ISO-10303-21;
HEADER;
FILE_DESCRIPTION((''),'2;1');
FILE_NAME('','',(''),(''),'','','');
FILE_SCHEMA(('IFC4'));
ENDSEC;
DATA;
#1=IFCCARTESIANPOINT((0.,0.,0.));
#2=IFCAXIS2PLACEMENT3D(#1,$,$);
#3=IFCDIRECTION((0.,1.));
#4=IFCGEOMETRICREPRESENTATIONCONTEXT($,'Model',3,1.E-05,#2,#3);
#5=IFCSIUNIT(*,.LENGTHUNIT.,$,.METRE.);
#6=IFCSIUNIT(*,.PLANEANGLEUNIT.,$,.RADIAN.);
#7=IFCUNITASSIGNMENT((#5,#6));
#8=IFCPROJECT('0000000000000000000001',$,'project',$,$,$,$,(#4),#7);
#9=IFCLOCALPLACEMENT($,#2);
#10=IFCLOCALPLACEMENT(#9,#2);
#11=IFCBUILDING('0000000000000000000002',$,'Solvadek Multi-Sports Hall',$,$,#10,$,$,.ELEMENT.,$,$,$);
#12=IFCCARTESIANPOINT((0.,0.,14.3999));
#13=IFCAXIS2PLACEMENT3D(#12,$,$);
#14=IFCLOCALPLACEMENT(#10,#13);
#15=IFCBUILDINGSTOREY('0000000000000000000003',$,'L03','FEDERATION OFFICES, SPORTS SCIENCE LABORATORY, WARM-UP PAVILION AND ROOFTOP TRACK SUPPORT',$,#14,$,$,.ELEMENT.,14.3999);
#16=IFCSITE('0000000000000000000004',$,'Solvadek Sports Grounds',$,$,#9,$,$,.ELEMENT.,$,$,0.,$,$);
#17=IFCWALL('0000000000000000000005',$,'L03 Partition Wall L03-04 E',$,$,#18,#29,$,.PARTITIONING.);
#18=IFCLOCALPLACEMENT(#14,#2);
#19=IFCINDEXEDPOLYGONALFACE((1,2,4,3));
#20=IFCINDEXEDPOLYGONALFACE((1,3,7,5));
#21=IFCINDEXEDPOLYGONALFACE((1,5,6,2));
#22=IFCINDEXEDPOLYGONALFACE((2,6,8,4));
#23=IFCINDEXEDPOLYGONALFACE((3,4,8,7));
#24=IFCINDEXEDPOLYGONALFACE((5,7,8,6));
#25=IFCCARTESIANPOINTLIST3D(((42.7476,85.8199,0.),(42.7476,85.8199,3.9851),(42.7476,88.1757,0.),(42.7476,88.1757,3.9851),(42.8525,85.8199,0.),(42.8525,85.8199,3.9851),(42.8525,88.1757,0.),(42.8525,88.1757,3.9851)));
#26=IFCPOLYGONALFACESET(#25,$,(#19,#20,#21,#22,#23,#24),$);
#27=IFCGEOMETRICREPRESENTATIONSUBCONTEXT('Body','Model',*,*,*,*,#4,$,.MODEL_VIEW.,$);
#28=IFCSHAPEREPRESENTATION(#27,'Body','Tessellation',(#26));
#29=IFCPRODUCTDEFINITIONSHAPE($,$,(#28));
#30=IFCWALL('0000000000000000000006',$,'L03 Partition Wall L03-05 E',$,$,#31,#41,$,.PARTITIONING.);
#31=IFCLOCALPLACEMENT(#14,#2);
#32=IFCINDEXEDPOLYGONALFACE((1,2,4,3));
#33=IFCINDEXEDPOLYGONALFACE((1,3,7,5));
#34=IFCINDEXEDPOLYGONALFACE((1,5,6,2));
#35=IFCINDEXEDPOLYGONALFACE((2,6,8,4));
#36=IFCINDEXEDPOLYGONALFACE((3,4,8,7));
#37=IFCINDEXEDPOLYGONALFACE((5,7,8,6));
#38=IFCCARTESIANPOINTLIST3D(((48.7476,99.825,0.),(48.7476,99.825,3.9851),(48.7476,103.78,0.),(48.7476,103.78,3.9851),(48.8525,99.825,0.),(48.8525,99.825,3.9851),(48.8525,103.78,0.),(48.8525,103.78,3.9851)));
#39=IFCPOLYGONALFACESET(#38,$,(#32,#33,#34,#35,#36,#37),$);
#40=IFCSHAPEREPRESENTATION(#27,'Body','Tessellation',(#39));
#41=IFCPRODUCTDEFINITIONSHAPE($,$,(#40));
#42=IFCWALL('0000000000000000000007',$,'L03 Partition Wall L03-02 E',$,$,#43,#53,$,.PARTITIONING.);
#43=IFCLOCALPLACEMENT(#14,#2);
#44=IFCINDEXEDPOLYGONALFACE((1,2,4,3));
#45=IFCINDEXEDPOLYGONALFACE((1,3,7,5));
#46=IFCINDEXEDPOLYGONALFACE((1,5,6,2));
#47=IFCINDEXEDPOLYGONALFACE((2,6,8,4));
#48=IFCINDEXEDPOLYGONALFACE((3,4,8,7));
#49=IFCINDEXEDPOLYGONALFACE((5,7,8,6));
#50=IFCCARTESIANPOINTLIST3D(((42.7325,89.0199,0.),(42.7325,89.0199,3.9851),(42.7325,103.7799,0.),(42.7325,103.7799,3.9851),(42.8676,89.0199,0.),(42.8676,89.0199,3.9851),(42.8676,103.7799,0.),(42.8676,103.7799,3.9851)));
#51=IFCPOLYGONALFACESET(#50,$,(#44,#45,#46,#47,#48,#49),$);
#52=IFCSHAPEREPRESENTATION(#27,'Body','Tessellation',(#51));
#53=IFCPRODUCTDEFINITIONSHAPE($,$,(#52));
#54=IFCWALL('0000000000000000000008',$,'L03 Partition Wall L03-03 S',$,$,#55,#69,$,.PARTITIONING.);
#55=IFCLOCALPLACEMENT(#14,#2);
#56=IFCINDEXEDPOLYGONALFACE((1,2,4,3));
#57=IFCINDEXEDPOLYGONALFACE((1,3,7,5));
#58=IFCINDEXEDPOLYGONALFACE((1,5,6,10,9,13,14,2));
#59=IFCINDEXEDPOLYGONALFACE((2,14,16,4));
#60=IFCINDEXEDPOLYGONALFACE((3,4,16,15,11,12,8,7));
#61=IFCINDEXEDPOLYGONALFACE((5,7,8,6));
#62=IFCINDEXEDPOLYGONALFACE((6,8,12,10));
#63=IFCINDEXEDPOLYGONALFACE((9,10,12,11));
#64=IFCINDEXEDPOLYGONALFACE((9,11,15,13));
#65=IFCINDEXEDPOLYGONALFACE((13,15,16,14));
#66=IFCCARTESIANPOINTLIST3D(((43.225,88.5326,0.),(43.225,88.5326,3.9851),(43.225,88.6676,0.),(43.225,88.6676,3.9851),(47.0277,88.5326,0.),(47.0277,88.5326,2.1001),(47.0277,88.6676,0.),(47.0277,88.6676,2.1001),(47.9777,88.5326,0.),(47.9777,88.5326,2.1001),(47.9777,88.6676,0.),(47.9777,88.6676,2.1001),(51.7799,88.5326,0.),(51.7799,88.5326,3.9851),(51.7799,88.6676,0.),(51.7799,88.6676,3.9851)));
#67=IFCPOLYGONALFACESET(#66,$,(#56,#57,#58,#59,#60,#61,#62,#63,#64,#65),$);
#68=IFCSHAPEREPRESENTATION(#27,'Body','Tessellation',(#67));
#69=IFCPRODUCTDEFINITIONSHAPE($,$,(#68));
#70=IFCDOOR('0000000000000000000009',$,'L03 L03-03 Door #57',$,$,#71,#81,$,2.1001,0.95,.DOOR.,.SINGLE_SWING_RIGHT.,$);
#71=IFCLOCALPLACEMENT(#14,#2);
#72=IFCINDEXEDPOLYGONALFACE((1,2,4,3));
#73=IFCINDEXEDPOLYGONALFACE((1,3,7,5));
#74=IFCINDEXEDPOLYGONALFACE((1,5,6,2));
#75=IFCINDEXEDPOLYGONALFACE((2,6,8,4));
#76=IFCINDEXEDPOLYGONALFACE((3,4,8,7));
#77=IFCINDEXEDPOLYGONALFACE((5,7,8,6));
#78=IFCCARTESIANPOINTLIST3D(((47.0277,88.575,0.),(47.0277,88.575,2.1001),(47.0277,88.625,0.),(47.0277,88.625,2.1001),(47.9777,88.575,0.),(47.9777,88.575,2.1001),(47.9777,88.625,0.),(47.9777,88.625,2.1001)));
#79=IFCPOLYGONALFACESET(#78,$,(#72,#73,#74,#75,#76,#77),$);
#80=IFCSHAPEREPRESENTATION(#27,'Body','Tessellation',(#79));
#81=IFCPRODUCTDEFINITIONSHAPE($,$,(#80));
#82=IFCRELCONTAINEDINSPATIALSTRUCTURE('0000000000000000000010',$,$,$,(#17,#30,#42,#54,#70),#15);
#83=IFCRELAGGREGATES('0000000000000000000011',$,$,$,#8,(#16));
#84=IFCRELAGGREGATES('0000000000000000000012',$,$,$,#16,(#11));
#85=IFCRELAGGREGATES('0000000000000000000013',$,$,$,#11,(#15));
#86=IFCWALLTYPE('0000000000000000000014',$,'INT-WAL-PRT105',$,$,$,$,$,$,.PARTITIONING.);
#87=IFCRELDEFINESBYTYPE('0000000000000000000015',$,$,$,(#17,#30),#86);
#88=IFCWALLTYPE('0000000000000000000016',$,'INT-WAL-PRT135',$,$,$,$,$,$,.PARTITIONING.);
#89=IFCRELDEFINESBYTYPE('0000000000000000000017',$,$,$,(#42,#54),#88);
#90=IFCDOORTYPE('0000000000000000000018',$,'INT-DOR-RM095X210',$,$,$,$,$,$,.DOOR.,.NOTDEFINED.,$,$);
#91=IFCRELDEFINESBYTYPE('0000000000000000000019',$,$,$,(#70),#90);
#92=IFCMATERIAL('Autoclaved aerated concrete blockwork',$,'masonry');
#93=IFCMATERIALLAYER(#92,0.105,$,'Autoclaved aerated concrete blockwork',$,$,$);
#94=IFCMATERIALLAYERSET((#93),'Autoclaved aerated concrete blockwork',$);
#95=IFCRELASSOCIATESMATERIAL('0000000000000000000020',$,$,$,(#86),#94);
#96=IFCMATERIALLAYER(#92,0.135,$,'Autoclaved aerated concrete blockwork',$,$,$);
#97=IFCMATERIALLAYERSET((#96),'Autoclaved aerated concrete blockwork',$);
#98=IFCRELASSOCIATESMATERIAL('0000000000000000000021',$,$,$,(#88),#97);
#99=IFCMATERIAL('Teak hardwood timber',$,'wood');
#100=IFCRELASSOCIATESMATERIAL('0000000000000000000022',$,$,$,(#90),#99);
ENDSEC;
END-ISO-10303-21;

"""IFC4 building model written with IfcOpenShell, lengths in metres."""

from ifc_helpers import new_model, si_unit, direction, frame, frame_2d, origin, place, context, subcontext, project, spatial, rectangle, extrude, material, layer, layer_set, type_object, element, fill, save


model = new_model("IFC4")

# Units and contexts
model_context = context("Model", 3, precision=1e-05, world=origin(), true_north=direction((0.0, 1.0)))
body_context = subcontext(model_context, "Body", "Model", "MODEL_VIEW")
ifc_project = project(units=[si_unit("LENGTHUNIT", "METRE"), si_unit("PLANEANGLEUNIT", "RADIAN")], contexts=[model_context])

# Site, building, storey
site_placement = place(None, origin())
site = spatial("IfcSite", under=ifc_project, at=site_placement, Name="Solvadek Sports Grounds", CompositionType="ELEMENT", RefElevation=0.0)
building_placement = place(site_placement, origin())
building = spatial("IfcBuilding", under=site, at=building_placement, Name="Solvadek Multi-Sports Hall", CompositionType="ELEMENT")
storey_placement = place(building_placement, frame((0.0, 0.0, 14.3999)))
storey = spatial("IfcBuildingStorey", under=building, at=storey_placement, Name="L03", Description="FEDERATION OFFICES, SPORTS SCIENCE LABORATORY, WARM-UP PAVILION AND ROOFTOP TRACK SUPPORT", CompositionType="ELEMENT", Elevation=14.3999)

# Walls
ifc_material_1 = material(Name="Autoclaved aerated concrete blockwork", Category="masonry")
ifc_layer_1 = layer(ifc_material_1, 0.105, Name="Autoclaved aerated concrete blockwork")
ifc_layer_set_1 = layer_set([ifc_layer_1], Name="Autoclaved aerated concrete blockwork")
wall_type_1 = type_object("IfcWallType", Name="INT-WAL-PRT105", PredefinedType="PARTITIONING", material=ifc_layer_set_1)
wall_1_placement = place(storey_placement, frame((42.8, 85.8201, 0.0), z_axis=(0.0, 0.0, 1.0), x_axis=(0.0, 1.0, 0.0)))
element("IfcWall", 1, at=wall_1_placement, inside=storey, type_object=wall_type_1, Name="L03 Partition Wall L03-04 E", PredefinedType="PARTITIONING", context=body_context, shape_type="SweptSolid", body=[
    extrude(rectangle(XDim=2.3557, YDim=0.105, at=frame_2d((1.1777, 0.0))), origin(), (0.0, 0.0, 1.0), 3.9851),
])
wall_2_placement = place(storey_placement, frame((48.8, 99.825, 0.0), z_axis=(0.0, 0.0, 1.0), x_axis=(0.0, 1.0, 0.0)))
element("IfcWall", 2, at=wall_2_placement, inside=storey, type_object=wall_type_1, Name="L03 Partition Wall L03-05 E", PredefinedType="PARTITIONING", context=body_context, shape_type="SweptSolid", body=[
    extrude(rectangle(XDim=3.9551, YDim=0.105, at=frame_2d((1.9775, 0.0))), origin(), (0.0, 0.0, 1.0), 3.9851),
])
ifc_layer_2 = layer(ifc_material_1, 0.135, Name="Autoclaved aerated concrete blockwork")
ifc_layer_set_2 = layer_set([ifc_layer_2], Name="Autoclaved aerated concrete blockwork")
wall_type_2 = type_object("IfcWallType", Name="INT-WAL-PRT135", PredefinedType="PARTITIONING", material=ifc_layer_set_2)
wall_3_placement = place(storey_placement, frame((42.8, 89.02, 0.0), z_axis=(0.0, 0.0, 1.0), x_axis=(0.0, 1.0, 0.0)))
element("IfcWall", 3, at=wall_3_placement, inside=storey, type_object=wall_type_2, Name="L03 Partition Wall L03-02 E", PredefinedType="PARTITIONING", context=body_context, shape_type="SweptSolid", body=[
    extrude(rectangle(XDim=14.76, YDim=0.135, at=frame_2d((7.3799, 0.0))), origin(), (0.0, 0.0, 1.0), 3.9851),
])

# Wall, opening, door
wall_4_placement = place(storey_placement, frame((43.2251, 88.6001, 0.0), z_axis=(0.0, 0.0, 1.0), x_axis=(1.0, 0.0, 0.0)))
wall_4 = element("IfcWall", 4, at=wall_4_placement, inside=storey, type_object=wall_type_2, Name="L03 Partition Wall L03-03 S", PredefinedType="PARTITIONING", context=body_context, shape_type="SweptSolid", body=[
    extrude(rectangle(XDim=8.5549, YDim=0.135, at=frame_2d((4.2773, 0.0))), origin(), (0.0, 0.0, 1.0), 3.9851),
])
opening_1_placement = place(wall_4_placement, frame((3.8025, 0.0, 0.0)))
opening_1 = element("IfcOpeningElement", 5, at=opening_1_placement, cuts=wall_4, PredefinedType="OPENING", context=body_context, shape_type="SweptSolid", body=[
    extrude(rectangle(XDim=0.95, YDim=2.1001, at=frame_2d((0.4751, 1.05))), frame((0.0, 0.0774, 0.0), z_axis=(0.0, -1.0, 0.0), x_axis=(1.0, 0.0, 0.0)), (0.0, 0.0, 1.0), 0.155),
])
ifc_material_2 = material(Name="Teak hardwood timber", Category="wood")
door_type_1 = type_object("IfcDoorType", Name="INT-DOR-RM095X210", OperationType="NOTDEFINED", PredefinedType="DOOR", material=ifc_material_2)
door_1_placement = place(opening_1_placement, origin())
door_1 = element("IfcDoor", 6, at=door_1_placement, inside=storey, type_object=door_type_1, Name="L03 L03-03 Door #57", OperationType="SINGLE_SWING_RIGHT", OverallHeight=2.1001, OverallWidth=0.95, PredefinedType="DOOR", context=body_context, shape_type="SweptSolid", body=[
    extrude(rectangle(XDim=0.95, YDim=2.1001, at=frame_2d((0.4751, 1.05))), frame((0.0, 0.0249, 0.0), z_axis=(0.0, -1.0, 0.0), x_axis=(1.0, 0.0, 0.0)), (0.0, 0.0, 1.0), 0.05),
])
fill(opening_1, door_1)

save(model, "model.ifc")
